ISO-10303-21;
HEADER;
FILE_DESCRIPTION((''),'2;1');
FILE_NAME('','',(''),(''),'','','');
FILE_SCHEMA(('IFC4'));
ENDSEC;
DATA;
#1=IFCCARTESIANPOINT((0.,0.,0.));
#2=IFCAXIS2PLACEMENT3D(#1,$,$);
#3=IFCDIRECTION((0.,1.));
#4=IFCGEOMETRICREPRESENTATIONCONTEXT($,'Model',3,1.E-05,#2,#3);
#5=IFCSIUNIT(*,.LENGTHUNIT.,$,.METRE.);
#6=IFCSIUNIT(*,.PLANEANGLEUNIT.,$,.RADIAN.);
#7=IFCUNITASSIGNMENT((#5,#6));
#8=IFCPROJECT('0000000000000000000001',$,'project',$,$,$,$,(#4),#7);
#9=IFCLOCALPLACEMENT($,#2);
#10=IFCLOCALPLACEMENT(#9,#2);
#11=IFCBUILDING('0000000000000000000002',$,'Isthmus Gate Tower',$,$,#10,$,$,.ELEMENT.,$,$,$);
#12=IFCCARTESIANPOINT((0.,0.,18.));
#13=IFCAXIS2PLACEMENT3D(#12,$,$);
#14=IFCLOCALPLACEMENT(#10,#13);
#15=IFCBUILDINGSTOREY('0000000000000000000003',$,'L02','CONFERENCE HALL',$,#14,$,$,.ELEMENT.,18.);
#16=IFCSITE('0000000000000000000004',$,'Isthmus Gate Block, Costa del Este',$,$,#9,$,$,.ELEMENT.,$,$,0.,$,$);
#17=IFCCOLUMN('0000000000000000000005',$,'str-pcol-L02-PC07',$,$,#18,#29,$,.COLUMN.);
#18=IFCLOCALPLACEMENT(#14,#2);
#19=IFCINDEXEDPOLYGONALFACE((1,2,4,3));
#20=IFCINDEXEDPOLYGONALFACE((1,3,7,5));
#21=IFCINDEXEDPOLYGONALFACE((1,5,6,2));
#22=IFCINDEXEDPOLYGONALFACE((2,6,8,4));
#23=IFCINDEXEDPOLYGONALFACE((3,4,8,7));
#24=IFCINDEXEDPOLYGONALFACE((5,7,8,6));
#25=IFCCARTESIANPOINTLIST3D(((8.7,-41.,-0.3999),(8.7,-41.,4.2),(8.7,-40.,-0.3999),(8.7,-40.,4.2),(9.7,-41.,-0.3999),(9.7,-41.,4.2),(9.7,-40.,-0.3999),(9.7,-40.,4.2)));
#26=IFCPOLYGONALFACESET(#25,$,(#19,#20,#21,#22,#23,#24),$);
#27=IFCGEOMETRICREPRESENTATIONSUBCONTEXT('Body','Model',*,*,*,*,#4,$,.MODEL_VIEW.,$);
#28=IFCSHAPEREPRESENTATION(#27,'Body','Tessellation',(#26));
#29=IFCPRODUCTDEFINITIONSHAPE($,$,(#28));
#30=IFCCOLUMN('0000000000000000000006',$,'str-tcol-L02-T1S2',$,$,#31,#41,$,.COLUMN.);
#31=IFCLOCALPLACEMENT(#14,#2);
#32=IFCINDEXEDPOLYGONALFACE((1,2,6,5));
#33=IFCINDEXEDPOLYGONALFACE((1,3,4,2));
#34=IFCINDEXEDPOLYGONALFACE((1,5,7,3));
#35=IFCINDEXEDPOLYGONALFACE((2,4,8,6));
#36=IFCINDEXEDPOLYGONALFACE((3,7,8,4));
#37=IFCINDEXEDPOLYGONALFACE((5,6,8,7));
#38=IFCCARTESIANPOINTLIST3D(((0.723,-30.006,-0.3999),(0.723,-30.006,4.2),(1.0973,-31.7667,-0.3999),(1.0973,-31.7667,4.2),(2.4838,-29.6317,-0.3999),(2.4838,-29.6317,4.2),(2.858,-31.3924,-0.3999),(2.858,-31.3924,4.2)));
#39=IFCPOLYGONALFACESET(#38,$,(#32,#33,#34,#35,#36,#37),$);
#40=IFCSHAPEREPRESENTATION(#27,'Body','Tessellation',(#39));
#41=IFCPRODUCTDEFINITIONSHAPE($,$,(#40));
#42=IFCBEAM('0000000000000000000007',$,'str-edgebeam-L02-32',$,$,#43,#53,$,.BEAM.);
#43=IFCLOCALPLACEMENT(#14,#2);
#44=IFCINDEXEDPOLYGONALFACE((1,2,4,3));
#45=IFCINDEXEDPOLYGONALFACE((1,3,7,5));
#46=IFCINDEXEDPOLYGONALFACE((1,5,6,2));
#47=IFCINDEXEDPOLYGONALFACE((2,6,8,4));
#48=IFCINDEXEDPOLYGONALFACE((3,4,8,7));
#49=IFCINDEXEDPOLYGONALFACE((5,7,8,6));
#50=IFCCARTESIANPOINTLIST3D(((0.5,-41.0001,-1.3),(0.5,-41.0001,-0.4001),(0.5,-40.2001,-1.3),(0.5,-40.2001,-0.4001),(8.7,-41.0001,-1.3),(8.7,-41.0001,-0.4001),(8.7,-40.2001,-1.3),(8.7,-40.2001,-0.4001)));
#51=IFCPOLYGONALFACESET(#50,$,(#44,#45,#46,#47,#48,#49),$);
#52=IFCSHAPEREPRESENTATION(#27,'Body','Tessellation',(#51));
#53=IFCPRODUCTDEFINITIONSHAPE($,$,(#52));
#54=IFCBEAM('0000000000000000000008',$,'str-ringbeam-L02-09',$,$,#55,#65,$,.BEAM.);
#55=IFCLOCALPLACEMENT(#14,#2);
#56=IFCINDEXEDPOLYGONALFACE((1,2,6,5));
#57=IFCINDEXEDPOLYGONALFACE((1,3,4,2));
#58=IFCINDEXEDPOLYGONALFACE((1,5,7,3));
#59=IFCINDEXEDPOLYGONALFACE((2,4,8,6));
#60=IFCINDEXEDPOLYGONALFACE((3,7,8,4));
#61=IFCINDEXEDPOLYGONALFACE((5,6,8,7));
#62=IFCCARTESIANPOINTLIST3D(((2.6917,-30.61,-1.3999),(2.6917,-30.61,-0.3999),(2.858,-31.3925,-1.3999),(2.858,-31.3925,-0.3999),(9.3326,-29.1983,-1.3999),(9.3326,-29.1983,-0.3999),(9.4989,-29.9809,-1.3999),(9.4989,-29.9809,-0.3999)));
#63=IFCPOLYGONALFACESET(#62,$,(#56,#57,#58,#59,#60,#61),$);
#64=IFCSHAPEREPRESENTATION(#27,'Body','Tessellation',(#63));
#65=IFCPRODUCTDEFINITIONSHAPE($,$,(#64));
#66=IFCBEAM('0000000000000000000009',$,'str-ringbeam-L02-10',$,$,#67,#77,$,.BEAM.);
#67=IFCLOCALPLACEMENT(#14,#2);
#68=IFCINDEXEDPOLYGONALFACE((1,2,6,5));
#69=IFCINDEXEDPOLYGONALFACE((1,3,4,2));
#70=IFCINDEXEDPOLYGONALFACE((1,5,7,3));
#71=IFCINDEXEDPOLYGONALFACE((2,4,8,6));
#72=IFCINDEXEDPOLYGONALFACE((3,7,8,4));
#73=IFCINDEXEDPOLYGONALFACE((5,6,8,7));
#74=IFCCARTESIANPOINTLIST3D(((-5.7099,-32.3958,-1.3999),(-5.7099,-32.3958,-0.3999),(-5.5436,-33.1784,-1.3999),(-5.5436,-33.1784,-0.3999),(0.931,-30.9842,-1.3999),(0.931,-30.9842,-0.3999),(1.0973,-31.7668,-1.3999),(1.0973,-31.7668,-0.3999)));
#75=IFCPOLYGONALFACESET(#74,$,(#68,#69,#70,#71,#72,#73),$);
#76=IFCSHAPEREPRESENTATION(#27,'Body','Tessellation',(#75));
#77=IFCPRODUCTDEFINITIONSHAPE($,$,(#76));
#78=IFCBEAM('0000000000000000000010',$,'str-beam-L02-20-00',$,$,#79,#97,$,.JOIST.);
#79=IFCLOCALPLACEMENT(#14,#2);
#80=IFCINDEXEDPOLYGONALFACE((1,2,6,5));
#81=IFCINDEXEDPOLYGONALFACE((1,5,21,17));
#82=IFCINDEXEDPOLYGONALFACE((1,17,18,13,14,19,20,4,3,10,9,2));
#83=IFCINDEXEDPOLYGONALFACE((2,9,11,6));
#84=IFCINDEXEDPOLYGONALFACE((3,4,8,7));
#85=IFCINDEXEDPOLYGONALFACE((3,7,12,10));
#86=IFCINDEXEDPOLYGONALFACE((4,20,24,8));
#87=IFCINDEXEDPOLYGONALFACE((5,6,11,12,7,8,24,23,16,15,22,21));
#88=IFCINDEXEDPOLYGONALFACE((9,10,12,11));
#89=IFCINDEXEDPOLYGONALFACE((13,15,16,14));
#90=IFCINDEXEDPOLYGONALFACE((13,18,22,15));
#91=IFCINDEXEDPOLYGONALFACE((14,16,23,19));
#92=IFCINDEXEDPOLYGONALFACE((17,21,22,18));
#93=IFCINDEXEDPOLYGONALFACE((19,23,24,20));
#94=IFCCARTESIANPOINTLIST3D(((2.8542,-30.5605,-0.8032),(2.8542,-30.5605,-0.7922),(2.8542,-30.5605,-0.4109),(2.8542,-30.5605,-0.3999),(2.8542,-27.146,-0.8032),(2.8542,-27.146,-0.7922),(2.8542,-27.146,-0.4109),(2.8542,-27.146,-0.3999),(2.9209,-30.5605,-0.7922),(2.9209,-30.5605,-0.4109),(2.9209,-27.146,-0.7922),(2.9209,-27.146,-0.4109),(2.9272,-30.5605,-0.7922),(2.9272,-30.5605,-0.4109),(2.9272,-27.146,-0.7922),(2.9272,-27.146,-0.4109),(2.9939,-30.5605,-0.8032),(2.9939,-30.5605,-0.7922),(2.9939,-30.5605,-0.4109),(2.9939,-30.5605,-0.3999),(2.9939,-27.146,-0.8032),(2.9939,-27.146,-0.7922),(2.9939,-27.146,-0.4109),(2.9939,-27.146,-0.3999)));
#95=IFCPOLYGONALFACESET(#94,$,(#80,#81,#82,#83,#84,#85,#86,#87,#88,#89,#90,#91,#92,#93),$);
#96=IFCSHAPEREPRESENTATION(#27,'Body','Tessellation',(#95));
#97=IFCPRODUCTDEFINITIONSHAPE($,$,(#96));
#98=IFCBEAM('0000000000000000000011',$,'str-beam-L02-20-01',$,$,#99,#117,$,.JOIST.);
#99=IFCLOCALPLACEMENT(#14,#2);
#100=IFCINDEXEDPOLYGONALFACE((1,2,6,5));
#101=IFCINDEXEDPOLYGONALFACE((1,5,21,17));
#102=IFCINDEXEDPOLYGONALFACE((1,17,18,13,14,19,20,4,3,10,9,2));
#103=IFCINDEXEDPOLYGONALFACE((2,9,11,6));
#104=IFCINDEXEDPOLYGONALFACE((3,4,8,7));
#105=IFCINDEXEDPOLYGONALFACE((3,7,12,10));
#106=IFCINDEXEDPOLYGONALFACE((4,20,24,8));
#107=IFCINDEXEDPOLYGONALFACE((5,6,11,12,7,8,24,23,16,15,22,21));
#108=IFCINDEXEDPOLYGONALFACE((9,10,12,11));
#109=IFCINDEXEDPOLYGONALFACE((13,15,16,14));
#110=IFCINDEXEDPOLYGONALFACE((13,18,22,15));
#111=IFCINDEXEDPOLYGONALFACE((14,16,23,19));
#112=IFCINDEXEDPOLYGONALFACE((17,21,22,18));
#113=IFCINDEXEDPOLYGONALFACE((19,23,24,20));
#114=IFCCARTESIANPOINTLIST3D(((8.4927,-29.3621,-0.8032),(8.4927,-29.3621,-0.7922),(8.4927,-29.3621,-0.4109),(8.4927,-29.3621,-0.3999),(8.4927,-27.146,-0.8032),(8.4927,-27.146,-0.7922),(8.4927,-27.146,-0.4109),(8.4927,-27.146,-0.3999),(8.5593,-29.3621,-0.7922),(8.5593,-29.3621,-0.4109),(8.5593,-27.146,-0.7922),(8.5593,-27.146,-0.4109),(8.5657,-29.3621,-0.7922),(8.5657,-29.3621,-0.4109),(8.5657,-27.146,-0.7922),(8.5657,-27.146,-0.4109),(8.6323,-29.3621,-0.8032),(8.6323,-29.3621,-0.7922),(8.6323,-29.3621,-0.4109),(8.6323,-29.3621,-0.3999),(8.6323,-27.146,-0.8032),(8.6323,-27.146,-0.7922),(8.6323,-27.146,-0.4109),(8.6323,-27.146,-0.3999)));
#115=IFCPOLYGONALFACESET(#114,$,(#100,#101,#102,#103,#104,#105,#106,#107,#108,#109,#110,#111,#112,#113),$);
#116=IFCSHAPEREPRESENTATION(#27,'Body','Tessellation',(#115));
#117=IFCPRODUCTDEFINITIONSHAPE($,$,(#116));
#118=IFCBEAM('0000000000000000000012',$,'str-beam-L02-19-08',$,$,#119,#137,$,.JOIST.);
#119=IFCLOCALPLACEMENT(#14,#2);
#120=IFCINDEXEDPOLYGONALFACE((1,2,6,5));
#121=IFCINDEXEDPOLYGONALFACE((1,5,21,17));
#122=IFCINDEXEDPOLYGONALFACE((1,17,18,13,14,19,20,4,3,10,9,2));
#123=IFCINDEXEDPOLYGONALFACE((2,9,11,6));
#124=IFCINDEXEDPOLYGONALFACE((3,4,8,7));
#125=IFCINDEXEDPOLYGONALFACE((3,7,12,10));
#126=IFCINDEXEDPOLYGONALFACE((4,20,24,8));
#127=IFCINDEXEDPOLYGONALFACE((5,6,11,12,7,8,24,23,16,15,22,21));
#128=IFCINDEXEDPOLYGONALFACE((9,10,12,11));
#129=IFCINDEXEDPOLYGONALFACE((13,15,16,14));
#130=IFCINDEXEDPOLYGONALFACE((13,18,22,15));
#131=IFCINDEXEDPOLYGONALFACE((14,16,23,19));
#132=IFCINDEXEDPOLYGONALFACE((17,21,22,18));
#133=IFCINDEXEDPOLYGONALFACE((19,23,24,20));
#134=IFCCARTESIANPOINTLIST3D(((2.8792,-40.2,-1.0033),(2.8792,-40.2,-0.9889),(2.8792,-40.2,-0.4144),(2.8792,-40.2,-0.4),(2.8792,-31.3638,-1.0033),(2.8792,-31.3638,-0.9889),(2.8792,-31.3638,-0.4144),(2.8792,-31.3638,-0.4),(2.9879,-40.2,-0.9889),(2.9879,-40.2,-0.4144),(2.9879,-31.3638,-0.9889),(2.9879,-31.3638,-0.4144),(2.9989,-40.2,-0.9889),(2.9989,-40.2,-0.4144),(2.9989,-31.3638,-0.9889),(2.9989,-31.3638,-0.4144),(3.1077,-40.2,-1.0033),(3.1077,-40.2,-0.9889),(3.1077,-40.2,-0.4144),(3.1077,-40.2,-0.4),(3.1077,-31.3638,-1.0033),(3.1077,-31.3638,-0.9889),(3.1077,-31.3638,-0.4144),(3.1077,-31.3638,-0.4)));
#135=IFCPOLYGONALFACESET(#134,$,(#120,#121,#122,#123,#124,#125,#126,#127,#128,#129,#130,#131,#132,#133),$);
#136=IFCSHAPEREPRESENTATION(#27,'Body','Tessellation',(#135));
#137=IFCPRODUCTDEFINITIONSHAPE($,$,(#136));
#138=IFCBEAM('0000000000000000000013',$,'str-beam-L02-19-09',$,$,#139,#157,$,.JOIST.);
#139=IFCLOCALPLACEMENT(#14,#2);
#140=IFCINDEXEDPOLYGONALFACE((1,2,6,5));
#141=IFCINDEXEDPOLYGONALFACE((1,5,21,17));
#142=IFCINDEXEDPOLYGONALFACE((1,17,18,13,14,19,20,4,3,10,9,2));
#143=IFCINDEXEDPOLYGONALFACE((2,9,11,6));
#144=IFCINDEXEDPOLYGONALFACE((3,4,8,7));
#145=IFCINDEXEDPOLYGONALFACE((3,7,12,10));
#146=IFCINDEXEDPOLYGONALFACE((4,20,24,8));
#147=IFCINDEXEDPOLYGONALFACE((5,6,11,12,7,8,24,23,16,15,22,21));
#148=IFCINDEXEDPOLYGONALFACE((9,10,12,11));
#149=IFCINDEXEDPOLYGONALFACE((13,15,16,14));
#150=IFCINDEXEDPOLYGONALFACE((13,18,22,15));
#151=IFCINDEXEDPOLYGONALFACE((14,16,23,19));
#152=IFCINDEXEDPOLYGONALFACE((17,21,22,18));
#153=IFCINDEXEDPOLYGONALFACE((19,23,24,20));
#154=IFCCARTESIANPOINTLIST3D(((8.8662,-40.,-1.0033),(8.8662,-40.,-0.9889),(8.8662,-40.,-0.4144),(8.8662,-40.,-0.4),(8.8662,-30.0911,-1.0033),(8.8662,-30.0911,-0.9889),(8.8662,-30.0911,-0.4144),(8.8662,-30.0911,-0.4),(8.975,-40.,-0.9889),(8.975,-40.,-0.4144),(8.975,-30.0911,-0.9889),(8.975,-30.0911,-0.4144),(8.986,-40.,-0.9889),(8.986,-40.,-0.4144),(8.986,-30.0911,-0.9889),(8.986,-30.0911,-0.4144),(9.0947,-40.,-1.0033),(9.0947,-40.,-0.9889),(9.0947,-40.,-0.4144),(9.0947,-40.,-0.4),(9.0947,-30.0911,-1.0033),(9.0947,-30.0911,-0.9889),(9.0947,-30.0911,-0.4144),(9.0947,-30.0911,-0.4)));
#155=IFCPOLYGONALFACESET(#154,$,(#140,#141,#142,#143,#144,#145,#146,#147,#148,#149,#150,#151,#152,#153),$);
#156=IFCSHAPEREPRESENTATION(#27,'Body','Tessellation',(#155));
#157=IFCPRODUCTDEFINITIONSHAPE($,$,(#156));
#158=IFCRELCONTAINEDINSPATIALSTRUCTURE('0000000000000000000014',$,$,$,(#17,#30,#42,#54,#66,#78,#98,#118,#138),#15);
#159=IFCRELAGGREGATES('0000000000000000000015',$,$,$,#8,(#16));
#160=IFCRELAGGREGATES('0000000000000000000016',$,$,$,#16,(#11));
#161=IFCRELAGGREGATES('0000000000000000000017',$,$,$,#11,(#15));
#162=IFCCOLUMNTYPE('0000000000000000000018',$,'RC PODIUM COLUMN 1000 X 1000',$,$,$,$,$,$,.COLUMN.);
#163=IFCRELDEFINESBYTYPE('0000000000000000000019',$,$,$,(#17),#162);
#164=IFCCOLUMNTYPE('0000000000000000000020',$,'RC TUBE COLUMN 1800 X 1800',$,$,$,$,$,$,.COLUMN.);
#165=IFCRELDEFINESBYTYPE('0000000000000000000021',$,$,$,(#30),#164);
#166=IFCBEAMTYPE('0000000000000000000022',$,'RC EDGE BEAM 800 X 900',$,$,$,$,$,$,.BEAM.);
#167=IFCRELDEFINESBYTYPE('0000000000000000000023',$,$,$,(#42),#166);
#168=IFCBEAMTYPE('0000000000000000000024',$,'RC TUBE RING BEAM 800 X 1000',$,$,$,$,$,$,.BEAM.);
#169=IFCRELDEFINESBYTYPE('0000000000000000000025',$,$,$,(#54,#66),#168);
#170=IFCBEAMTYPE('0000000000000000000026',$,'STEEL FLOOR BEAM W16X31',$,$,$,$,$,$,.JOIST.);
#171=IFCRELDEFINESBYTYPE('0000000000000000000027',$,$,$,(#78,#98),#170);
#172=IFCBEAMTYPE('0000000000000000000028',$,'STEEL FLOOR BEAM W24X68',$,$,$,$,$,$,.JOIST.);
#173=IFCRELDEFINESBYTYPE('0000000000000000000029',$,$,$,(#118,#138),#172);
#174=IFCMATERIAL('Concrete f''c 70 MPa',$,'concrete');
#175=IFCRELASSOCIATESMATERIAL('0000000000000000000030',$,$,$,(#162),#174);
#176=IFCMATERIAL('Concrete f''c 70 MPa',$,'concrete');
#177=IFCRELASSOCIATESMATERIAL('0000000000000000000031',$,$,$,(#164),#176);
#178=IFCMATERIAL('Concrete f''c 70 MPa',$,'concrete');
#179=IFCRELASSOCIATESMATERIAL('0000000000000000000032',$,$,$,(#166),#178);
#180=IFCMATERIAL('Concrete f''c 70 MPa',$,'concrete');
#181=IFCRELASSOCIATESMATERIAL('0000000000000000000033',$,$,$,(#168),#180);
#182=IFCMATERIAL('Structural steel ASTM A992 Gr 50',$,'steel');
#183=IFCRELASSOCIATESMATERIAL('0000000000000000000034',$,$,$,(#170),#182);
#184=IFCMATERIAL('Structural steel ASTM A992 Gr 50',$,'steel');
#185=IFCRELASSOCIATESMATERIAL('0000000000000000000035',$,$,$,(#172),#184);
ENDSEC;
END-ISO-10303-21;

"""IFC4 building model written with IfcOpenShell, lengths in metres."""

from ifc_helpers import new_model, si_unit, direction, frame, origin, origin_2d, place, context, subcontext, project, spatial, rectangle, i_section, extrude, material, material_profile, profile_set, type_object, element, save


model = new_model("IFC4")

# Units and contexts
model_context = context("Model", 3, precision=1e-05, world=origin(), true_north=direction((0.0, 1.0)))
body_context = subcontext(model_context, "Body", "Model", "MODEL_VIEW")
ifc_project = project(units=[si_unit("LENGTHUNIT", "METRE"), si_unit("PLANEANGLEUNIT", "RADIAN")], contexts=[model_context])

# Site, building, storey
site_placement = place(None, origin())
site = spatial("IfcSite", under=ifc_project, at=site_placement, Name="Isthmus Gate Block, Costa del Este", CompositionType="ELEMENT", RefElevation=0.0)
building_placement = place(site_placement, origin())
building = spatial("IfcBuilding", under=site, at=building_placement, Name="Isthmus Gate Tower", CompositionType="ELEMENT")
storey_placement = place(building_placement, frame((0.0, 0.0, 18.0)))
storey = spatial("IfcBuildingStorey", under=building, at=storey_placement, Name="L02", Description="CONFERENCE HALL", CompositionType="ELEMENT", Elevation=18.0)

# Columns
ifc_material_1 = material(Name="Concrete f'c 70 MPa", Category="concrete")
ifc_material_profile_1 = material_profile(ifc_material_1, rectangle(XDim=1.0, YDim=1.0, at=origin_2d()), Name="RC 1000X1000")
ifc_profile_set_1 = profile_set([ifc_material_profile_1], Name="Concrete f'c 70 MPa")
column_type_1 = type_object("IfcColumnType", Name="RC PODIUM COLUMN 1000 X 1000", PredefinedType="COLUMN", material=ifc_profile_set_1)
column_1_placement = place(storey_placement, frame((9.2, -40.5, -0.3999), z_axis=(0.0, 0.0, 1.0), x_axis=(1.0, 0.0, 0.0)))
element("IfcColumn", 1, at=column_1_placement, inside=storey, type_object=column_type_1, Name="str-pcol-L02-PC07", PredefinedType="COLUMN", context=body_context, shape_type="SweptSolid", body=[
    extrude(rectangle(XDim=1.0, YDim=1.0, at=origin_2d()), origin(), (0.0, 0.0, 1.0), 4.5999),
])
ifc_material_2 = material(Name="Concrete f'c 70 MPa", Category="concrete")
ifc_material_profile_2 = material_profile(ifc_material_2, rectangle(XDim=1.8, YDim=1.8, at=origin_2d()), Name="RC 1800X1800")
ifc_profile_set_2 = profile_set([ifc_material_profile_2], Name="Concrete f'c 70 MPa")
column_type_2 = type_object("IfcColumnType", Name="RC TUBE COLUMN 1800 X 1800", PredefinedType="COLUMN", material=ifc_profile_set_2)
column_2_placement = place(storey_placement, frame((1.7905, -30.6992, -0.3999), z_axis=(0.0, 0.0, 1.0), x_axis=(0.978148, 0.207912, 0.0)))
element("IfcColumn", 2, at=column_2_placement, inside=storey, type_object=column_type_2, Name="str-tcol-L02-T1S2", PredefinedType="COLUMN", context=body_context, shape_type="SweptSolid", body=[
    extrude(rectangle(XDim=1.8, YDim=1.8, at=origin_2d()), origin(), (0.0, 0.0, 1.0), 4.5999),
])

# Beams
ifc_material_3 = material(Name="Concrete f'c 70 MPa", Category="concrete")
ifc_material_profile_3 = material_profile(ifc_material_3, rectangle(XDim=0.8, YDim=0.8999, at=origin_2d()), Name="RC 800X900")
ifc_profile_set_3 = profile_set([ifc_material_profile_3], Name="Concrete f'c 70 MPa")
beam_type_1 = type_object("IfcBeamType", Name="RC EDGE BEAM 800 X 900", PredefinedType="BEAM", material=ifc_profile_set_3)
beam_1_placement = place(storey_placement, frame((8.7, -40.6001, -0.8501), z_axis=(-1.0, 0.0, 0.0), x_axis=(0.0, -1.0, 0.0)))
element("IfcBeam", 3, at=beam_1_placement, inside=storey, type_object=beam_type_1, Name="str-edgebeam-L02-32", PredefinedType="BEAM", context=body_context, shape_type="SweptSolid", body=[
    extrude(rectangle(XDim=0.8, YDim=0.8999, at=origin_2d()), origin(), (0.0, 0.0, 1.0), 8.2),
])
ifc_material_4 = material(Name="Concrete f'c 70 MPa", Category="concrete")
ifc_material_profile_4 = material_profile(ifc_material_4, rectangle(XDim=0.8, YDim=1.0, at=origin_2d()), Name="RC 800X1000")
ifc_profile_set_4 = profile_set([ifc_material_profile_4], Name="Concrete f'c 70 MPa")
beam_type_2 = type_object("IfcBeamType", Name="RC TUBE RING BEAM 800 X 1000", PredefinedType="BEAM", material=ifc_profile_set_4)
for number, where, z_axis, x_axis, name in (
    (4, (9.4158, -29.5896, -0.8999), (-0.978146, -0.20792, 0.0), (0.20792, -0.978146, 0.0), "str-ringbeam-L02-09"),
    (5, (1.0142, -31.3755, -0.8999), (-0.978146, -0.20792, 0.0), (0.20792, -0.978146, 0.0), "str-ringbeam-L02-10"),
):
    element("IfcBeam", number, at=place(storey_placement, frame(where, z_axis=z_axis, x_axis=x_axis)), inside=storey, type_object=beam_type_2, Name=name, PredefinedType="BEAM", context=body_context, shape_type="SweptSolid", body=[
        extrude(rectangle(XDim=0.8, YDim=1.0, at=origin_2d()), origin(), (0.0, 0.0, 1.0), 6.7893),
    ])
ifc_material_5 = material(Name="Structural steel ASTM A992 Gr 50", Category="steel")
ifc_material_profile_5 = material_profile(ifc_material_5, i_section(OverallWidth=0.1396, OverallDepth=0.4033, WebThickness=0.0063, FlangeThickness=0.011, at=origin_2d()), Name="W16X31")
ifc_profile_set_5 = profile_set([ifc_material_profile_5], Name="Structural steel ASTM A992 Gr 50")
beam_type_3 = type_object("IfcBeamType", Name="STEEL FLOOR BEAM W16X31", PredefinedType="JOIST", material=ifc_profile_set_5)
beam_2_placement = place(storey_placement, frame((2.9241, -30.5605, -0.6016), z_axis=(0.0, 1.0, 0.0), x_axis=(-1.0, 0.0, 0.0)))
element("IfcBeam", 6, at=beam_2_placement, inside=storey, type_object=beam_type_3, Name="str-beam-L02-20-00", PredefinedType="JOIST", context=body_context, shape_type="SweptSolid", body=[
    extrude(i_section(OverallWidth=0.1396, OverallDepth=0.4033, WebThickness=0.0063, FlangeThickness=0.011, at=origin_2d()), origin(), (0.0, 0.0, 1.0), 3.4146),
])
beam_3_placement = place(storey_placement, frame((8.5625, -29.3621, -0.6016), z_axis=(0.0, 1.0, 0.0), x_axis=(-1.0, 0.0, 0.0)))
element("IfcBeam", 7, at=beam_3_placement, inside=storey, type_object=beam_type_3, Name="str-beam-L02-20-01", PredefinedType="JOIST", context=body_context, shape_type="SweptSolid", body=[
    extrude(i_section(OverallWidth=0.1396, OverallDepth=0.4033, WebThickness=0.0063, FlangeThickness=0.011, at=origin_2d()), origin(), (0.0, 0.0, 1.0), 2.2161),
])
ifc_material_6 = material(Name="Structural steel ASTM A992 Gr 50", Category="steel")
ifc_material_profile_6 = material_profile(ifc_material_6, i_section(OverallWidth=0.2285, OverallDepth=0.6033, WebThickness=0.011, FlangeThickness=0.0144, at=origin_2d()), Name="W24X68")
ifc_profile_set_6 = profile_set([ifc_material_profile_6], Name="Structural steel ASTM A992 Gr 50")
beam_type_4 = type_object("IfcBeamType", Name="STEEL FLOOR BEAM W24X68", PredefinedType="JOIST", material=ifc_profile_set_6)
beam_4_placement = place(storey_placement, frame((2.9934, -40.2, -0.7017), z_axis=(0.0, 1.0, 0.0), x_axis=(-1.0, 0.0, 0.0)))
element("IfcBeam", 8, at=beam_4_placement, inside=storey, type_object=beam_type_4, Name="str-beam-L02-19-08", PredefinedType="JOIST", context=body_context, shape_type="SweptSolid", body=[
    extrude(i_section(OverallWidth=0.2285, OverallDepth=0.6033, WebThickness=0.011, FlangeThickness=0.0144, at=origin_2d()), origin(), (0.0, 0.0, 1.0), 8.8362),
])
beam_5_placement = place(storey_placement, frame((8.9805, -40.0, -0.7017), z_axis=(0.0, 1.0, 0.0), x_axis=(-1.0, 0.0, 0.0)))
element("IfcBeam", 9, at=beam_5_placement, inside=storey, type_object=beam_type_4, Name="str-beam-L02-19-09", PredefinedType="JOIST", context=body_context, shape_type="SweptSolid", body=[
    extrude(i_section(OverallWidth=0.2285, OverallDepth=0.6033, WebThickness=0.011, FlangeThickness=0.0144, at=origin_2d()), origin(), (0.0, 0.0, 1.0), 9.9089),
])

save(model, "model.ifc")
